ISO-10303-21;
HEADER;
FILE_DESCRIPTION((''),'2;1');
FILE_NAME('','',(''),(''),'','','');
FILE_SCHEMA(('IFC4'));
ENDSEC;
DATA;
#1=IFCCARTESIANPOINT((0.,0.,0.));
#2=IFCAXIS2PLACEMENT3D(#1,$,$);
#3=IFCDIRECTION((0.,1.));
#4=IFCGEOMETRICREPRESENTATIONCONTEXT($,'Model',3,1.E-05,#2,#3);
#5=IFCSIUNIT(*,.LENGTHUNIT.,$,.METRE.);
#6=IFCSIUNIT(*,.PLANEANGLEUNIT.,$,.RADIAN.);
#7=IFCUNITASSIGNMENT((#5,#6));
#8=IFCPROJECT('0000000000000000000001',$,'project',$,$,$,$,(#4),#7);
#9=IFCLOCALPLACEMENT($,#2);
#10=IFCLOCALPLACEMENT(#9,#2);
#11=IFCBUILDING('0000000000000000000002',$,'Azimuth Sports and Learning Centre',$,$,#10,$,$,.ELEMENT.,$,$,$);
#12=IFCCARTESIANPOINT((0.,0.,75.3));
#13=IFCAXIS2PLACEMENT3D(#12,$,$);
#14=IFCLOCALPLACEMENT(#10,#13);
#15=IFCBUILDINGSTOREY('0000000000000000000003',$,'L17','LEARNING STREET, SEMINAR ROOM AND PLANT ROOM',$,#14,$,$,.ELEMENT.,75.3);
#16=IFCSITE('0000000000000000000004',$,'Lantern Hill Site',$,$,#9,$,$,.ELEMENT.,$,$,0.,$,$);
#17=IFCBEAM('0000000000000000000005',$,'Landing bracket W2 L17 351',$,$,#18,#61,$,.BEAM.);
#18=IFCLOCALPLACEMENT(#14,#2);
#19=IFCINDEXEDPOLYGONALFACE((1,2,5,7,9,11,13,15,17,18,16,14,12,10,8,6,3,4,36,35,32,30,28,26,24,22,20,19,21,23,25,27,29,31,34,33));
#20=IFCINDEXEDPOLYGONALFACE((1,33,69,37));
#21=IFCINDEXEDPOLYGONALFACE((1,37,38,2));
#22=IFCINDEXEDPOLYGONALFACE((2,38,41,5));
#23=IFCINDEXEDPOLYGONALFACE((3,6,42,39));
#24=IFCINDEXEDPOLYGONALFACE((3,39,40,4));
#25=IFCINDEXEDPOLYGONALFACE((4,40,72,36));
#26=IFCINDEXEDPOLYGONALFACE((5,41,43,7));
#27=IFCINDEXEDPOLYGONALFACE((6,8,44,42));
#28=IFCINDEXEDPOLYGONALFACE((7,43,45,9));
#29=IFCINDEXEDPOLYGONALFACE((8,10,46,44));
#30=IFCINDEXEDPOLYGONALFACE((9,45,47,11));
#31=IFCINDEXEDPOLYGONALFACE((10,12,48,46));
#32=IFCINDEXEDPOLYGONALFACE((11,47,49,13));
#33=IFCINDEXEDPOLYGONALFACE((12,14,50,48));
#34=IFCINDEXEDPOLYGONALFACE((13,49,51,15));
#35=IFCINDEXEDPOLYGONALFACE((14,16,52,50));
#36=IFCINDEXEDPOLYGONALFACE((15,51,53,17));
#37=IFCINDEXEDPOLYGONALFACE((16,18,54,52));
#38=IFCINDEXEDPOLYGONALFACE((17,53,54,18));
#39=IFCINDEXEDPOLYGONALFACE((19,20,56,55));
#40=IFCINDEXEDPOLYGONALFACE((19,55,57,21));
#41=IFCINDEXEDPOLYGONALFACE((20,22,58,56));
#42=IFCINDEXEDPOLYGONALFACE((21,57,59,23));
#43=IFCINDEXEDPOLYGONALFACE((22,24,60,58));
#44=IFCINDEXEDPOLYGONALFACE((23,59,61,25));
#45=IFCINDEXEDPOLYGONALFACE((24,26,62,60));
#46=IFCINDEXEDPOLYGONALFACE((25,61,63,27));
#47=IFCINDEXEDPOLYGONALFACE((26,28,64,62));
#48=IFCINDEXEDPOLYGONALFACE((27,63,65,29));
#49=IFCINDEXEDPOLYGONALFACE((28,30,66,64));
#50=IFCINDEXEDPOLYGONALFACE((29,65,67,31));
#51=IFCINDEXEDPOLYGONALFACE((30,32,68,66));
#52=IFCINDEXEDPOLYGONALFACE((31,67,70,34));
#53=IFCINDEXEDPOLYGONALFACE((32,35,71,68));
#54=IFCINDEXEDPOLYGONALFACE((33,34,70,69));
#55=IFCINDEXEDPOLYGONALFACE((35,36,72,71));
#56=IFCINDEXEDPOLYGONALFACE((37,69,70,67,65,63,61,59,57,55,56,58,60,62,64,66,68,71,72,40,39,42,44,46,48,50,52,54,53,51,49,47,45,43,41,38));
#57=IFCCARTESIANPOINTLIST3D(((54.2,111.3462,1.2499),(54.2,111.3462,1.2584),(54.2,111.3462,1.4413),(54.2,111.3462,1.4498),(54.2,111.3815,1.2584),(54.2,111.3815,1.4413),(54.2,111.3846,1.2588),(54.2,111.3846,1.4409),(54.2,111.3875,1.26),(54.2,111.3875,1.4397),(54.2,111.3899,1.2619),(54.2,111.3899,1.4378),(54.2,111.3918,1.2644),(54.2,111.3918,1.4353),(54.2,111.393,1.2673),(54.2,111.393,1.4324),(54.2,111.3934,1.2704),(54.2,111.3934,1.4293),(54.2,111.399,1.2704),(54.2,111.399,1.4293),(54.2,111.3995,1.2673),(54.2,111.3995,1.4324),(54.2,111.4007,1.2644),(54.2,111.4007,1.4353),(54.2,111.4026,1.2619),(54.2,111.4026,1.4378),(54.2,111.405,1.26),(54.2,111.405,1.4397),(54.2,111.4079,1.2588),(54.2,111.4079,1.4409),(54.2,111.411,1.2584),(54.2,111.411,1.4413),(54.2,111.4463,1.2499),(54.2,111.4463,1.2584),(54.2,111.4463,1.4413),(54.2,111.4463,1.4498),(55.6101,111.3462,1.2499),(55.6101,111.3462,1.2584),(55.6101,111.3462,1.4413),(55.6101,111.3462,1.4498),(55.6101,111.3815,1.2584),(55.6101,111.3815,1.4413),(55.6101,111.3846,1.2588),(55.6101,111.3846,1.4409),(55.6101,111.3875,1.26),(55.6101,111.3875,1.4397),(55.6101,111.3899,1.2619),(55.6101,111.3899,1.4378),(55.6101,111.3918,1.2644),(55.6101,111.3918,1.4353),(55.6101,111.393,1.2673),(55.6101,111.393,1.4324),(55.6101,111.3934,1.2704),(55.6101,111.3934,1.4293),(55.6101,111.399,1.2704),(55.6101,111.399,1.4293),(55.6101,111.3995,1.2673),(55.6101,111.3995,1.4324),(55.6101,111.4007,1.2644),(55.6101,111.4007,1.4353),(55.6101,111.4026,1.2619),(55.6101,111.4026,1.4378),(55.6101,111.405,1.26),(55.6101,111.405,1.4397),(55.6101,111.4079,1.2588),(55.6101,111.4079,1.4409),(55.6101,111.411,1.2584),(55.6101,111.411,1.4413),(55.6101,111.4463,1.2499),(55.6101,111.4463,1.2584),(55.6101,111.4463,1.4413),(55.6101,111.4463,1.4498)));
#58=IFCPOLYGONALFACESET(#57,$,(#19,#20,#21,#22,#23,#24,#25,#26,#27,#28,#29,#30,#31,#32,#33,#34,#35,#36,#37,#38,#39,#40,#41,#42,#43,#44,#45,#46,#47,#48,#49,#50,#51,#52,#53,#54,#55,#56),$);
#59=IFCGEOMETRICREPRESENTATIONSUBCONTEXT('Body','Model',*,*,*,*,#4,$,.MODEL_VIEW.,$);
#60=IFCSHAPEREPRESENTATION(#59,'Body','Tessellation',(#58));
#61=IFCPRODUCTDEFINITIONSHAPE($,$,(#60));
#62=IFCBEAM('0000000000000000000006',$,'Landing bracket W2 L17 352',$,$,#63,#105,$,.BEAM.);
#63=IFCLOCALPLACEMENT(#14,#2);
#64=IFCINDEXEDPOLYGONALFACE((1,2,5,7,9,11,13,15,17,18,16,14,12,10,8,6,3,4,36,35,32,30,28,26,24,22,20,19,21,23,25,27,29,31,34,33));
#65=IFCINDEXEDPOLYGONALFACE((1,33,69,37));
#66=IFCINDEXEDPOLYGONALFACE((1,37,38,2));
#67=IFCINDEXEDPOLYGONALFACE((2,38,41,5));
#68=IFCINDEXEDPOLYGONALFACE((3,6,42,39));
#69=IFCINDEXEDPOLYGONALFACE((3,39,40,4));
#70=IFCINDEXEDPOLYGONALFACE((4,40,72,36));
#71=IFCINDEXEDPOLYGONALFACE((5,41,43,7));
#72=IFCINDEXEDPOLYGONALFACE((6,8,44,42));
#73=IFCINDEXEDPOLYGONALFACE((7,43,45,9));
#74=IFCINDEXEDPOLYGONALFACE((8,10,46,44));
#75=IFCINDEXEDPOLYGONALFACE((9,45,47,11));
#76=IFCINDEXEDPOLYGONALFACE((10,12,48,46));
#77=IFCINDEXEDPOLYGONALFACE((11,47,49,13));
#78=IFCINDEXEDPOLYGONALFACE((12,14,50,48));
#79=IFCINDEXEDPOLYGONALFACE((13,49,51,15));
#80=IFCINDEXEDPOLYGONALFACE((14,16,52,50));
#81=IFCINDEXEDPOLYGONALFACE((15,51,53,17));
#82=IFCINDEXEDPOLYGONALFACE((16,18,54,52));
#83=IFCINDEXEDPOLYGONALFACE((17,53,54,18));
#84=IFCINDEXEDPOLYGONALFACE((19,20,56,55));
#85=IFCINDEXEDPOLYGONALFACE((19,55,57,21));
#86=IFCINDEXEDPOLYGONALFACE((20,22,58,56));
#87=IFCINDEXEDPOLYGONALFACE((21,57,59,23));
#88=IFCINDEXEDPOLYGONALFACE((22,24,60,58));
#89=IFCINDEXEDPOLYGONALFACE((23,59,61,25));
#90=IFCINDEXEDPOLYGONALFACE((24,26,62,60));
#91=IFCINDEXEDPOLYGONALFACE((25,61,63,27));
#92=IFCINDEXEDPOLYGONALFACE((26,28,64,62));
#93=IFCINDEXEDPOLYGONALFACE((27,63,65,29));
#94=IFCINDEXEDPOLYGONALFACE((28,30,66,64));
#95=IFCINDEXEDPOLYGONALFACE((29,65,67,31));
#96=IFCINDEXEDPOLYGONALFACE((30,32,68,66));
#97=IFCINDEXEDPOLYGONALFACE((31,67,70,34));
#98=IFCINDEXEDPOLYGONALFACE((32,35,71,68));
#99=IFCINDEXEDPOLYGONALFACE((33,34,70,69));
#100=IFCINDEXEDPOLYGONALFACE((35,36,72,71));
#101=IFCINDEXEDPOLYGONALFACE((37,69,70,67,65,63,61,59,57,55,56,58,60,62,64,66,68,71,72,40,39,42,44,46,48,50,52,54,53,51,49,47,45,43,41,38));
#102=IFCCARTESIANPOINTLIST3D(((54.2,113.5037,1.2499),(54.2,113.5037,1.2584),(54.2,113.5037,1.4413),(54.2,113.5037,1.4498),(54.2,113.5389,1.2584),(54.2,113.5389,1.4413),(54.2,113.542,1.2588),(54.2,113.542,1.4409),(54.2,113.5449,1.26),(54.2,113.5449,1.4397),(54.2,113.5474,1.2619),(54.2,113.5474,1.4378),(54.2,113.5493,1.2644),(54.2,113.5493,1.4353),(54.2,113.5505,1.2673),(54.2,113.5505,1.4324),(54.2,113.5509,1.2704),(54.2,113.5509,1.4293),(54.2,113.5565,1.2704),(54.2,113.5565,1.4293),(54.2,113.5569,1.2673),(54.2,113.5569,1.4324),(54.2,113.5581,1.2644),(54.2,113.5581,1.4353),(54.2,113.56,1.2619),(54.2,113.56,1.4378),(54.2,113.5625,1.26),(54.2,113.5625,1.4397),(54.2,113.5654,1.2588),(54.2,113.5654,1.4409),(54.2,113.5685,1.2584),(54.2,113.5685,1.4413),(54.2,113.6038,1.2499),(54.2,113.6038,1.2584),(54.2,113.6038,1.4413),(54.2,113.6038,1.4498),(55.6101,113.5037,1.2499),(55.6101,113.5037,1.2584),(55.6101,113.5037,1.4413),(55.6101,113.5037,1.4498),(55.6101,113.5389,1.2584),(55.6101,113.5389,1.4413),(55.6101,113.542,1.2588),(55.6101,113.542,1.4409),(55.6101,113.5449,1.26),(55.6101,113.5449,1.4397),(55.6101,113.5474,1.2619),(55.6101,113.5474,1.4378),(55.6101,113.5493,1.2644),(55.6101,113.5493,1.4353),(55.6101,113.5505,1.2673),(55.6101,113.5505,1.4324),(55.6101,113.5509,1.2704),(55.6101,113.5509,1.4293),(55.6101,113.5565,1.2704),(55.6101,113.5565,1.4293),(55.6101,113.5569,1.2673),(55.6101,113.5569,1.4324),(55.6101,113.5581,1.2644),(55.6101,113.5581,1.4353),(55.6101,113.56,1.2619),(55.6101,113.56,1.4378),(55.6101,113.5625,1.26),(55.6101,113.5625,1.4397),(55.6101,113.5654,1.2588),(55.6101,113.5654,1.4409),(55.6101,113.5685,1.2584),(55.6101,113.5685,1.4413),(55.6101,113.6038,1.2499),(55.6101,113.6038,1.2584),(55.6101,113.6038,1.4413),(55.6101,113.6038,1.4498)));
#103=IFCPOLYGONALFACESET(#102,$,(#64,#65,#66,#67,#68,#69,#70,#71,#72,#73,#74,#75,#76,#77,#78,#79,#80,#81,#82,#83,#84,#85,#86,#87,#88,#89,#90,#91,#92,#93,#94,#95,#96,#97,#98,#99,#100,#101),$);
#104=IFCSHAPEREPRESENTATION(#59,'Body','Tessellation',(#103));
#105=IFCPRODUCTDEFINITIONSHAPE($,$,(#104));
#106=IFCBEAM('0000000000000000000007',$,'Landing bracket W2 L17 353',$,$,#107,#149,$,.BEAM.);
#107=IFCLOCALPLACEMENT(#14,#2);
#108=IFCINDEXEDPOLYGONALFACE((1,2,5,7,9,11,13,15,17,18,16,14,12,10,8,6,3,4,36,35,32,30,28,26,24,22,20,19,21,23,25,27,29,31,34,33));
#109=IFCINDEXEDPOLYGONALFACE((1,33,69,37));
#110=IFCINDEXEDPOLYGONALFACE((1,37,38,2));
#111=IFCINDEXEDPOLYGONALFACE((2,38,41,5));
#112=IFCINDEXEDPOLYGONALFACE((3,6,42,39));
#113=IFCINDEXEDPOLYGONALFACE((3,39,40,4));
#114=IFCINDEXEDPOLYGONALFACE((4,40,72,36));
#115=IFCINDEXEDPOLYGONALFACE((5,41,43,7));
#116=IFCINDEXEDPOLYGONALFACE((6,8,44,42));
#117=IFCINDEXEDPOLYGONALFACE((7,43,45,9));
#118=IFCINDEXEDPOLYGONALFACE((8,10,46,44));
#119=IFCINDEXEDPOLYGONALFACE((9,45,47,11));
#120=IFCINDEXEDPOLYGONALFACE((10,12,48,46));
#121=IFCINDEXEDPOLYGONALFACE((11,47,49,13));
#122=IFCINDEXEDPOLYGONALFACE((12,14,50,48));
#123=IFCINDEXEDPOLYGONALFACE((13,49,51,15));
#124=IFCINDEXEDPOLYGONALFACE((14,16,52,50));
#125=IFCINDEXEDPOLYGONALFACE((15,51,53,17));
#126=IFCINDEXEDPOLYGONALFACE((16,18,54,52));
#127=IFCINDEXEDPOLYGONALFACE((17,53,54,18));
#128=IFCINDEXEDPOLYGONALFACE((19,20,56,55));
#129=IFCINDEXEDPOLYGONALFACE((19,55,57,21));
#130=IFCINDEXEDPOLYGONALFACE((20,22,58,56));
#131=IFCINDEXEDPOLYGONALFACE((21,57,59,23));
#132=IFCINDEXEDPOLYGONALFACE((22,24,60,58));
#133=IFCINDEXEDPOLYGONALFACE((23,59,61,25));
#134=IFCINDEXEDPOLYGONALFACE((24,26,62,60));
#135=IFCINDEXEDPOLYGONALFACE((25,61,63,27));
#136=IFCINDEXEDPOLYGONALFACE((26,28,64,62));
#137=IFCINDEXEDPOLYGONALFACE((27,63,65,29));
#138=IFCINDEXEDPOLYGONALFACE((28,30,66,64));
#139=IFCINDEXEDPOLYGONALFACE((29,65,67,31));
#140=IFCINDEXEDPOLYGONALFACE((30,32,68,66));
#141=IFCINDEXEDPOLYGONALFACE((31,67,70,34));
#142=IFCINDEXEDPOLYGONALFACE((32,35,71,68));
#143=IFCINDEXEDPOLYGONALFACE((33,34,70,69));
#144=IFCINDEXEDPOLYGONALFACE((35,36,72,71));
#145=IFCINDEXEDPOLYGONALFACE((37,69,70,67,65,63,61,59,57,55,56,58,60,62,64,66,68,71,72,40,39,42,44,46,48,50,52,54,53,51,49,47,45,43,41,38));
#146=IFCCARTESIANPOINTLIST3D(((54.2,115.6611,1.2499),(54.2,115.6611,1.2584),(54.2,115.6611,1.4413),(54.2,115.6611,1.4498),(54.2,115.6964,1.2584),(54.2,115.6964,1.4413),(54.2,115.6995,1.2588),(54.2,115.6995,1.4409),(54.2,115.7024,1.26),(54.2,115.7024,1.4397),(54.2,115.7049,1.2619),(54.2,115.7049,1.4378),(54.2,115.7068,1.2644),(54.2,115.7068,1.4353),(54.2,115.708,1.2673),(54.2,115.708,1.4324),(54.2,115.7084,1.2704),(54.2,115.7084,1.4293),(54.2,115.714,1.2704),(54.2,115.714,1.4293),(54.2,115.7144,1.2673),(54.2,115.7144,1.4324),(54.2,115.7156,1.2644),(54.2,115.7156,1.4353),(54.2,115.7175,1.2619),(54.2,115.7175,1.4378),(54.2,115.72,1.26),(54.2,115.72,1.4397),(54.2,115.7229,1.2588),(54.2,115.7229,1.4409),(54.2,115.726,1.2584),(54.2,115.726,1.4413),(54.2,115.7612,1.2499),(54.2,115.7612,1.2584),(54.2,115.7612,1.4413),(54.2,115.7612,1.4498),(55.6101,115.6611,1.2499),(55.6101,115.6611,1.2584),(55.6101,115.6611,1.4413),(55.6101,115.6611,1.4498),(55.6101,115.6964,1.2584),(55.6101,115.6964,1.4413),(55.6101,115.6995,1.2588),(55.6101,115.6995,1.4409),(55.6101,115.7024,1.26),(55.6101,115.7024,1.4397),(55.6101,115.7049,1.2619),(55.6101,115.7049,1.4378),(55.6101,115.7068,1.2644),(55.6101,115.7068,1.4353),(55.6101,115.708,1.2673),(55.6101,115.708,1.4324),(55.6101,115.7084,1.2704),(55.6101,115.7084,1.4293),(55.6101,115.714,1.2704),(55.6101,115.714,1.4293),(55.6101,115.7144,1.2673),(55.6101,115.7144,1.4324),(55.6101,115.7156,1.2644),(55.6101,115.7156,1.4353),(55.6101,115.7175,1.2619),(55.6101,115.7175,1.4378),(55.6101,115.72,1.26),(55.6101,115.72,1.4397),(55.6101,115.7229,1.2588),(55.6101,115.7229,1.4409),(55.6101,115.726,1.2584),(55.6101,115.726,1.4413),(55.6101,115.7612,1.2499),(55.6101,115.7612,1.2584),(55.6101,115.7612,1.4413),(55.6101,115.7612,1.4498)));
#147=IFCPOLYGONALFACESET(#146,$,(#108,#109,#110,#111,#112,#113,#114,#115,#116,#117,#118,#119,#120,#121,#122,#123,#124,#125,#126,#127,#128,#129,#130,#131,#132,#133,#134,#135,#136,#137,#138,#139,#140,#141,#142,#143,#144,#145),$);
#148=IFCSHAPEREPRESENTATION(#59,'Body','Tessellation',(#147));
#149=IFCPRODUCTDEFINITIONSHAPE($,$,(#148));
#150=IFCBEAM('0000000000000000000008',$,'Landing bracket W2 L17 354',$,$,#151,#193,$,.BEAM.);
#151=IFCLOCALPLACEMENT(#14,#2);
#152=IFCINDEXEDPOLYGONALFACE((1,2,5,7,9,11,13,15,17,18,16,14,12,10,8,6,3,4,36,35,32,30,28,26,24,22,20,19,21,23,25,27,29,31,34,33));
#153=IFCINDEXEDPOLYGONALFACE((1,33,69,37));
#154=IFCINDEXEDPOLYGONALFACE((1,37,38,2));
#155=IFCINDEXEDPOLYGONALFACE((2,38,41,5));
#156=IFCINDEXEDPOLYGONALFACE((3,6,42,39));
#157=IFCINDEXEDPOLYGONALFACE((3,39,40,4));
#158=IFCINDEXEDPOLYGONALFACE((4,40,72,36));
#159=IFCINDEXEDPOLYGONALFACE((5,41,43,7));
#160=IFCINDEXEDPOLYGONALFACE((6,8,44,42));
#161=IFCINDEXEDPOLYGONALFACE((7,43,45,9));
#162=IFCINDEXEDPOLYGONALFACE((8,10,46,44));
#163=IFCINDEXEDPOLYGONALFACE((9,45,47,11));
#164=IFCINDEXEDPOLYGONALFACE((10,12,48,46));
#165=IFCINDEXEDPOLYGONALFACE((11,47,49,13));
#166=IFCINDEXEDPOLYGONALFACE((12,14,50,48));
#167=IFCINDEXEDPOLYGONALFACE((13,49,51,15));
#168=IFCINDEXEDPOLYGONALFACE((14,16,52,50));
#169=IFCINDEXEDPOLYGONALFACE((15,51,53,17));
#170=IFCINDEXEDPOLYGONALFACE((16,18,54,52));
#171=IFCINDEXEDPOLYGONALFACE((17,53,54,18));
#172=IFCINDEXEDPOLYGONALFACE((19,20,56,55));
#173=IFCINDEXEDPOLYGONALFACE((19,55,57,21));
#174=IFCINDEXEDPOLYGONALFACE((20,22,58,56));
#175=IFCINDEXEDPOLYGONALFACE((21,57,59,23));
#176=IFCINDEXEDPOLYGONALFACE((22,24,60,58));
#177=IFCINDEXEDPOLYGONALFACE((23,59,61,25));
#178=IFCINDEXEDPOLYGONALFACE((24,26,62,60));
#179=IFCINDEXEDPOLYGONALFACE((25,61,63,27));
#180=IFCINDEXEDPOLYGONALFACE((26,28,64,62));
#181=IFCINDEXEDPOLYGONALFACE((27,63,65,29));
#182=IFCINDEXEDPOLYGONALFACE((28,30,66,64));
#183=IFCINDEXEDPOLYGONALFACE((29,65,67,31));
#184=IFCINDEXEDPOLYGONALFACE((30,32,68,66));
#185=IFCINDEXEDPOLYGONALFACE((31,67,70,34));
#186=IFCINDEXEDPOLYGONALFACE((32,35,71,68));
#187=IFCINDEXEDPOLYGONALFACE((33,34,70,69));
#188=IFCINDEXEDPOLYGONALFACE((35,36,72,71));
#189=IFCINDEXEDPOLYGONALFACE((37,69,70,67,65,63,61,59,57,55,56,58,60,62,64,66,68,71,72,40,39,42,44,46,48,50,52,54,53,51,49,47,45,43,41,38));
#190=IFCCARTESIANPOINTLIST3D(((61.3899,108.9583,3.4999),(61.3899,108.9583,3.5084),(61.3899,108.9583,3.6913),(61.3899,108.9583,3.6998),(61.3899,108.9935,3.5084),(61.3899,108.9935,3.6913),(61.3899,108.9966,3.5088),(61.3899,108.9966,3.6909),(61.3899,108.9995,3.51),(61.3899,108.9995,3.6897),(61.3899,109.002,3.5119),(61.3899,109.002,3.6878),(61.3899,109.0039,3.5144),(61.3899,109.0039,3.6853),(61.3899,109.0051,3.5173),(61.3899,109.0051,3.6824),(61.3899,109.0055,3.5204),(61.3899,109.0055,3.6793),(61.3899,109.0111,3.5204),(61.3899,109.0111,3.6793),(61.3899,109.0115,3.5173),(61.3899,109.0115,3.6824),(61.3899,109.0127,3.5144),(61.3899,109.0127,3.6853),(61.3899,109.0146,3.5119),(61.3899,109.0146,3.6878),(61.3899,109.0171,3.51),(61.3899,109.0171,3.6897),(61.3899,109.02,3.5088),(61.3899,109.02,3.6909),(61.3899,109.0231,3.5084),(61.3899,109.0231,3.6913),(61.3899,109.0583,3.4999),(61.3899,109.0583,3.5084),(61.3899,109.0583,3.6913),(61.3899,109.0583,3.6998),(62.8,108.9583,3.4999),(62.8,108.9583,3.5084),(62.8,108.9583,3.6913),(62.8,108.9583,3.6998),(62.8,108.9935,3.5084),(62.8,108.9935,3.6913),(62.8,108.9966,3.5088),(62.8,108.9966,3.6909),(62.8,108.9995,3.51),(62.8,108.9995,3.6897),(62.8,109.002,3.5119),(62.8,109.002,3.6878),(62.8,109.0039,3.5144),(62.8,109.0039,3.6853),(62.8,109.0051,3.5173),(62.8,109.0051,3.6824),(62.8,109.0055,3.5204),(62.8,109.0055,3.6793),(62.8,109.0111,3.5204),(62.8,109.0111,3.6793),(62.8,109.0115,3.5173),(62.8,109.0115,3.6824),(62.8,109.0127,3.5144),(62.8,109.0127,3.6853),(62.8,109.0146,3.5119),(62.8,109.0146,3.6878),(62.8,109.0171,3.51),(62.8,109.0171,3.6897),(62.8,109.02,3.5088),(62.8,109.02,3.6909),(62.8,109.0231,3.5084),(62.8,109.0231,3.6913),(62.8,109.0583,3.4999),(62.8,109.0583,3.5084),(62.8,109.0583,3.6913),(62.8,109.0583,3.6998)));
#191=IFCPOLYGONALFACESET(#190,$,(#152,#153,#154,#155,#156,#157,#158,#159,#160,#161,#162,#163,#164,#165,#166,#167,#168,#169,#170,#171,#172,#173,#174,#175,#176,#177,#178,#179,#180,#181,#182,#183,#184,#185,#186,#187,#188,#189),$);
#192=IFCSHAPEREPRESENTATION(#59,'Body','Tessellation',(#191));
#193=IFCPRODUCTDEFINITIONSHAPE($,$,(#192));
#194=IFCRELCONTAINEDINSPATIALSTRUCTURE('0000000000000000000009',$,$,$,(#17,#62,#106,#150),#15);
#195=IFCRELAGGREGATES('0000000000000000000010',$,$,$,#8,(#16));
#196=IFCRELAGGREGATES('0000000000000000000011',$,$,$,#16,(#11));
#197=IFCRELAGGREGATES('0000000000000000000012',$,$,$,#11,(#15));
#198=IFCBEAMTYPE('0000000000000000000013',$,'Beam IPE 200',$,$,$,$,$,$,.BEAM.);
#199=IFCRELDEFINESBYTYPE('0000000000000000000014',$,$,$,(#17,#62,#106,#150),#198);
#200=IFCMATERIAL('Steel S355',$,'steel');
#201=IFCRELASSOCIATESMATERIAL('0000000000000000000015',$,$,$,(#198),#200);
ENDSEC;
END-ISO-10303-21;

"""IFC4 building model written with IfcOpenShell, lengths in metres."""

from ifc_helpers import new_model, si_unit, direction, frame, origin, origin_2d, place, context, subcontext, project, spatial, i_section, extrude, material, material_profile, profile_set, type_object, element, save


model = new_model("IFC4")

# Units and contexts
model_context = context("Model", 3, precision=1e-05, world=origin(), true_north=direction((0.0, 1.0)))
body_context = subcontext(model_context, "Body", "Model", "MODEL_VIEW")
ifc_project = project(units=[si_unit("LENGTHUNIT", "METRE"), si_unit("PLANEANGLEUNIT", "RADIAN")], contexts=[model_context])

# Site, building, storey
site_placement = place(None, origin())
site = spatial("IfcSite", under=ifc_project, at=site_placement, Name="Lantern Hill Site", CompositionType="ELEMENT", RefElevation=0.0)
building_placement = place(site_placement, origin())
building = spatial("IfcBuilding", under=site, at=building_placement, Name="Azimuth Sports and Learning Centre", CompositionType="ELEMENT")
storey_placement = place(building_placement, frame((0.0, 0.0, 75.3)))
storey = spatial("IfcBuildingStorey", under=building, at=storey_placement, Name="L17", Description="LEARNING STREET, SEMINAR ROOM AND PLANT ROOM", CompositionType="ELEMENT", Elevation=75.3)

# Beams
ifc_material_1 = material(Name="Steel S355", Category="steel")
ifc_material_profile = material_profile(ifc_material_1, i_section(OverallWidth=0.1001, OverallDepth=0.2, WebThickness=0.0056, FlangeThickness=0.0085, FilletRadius=0.012, at=origin_2d()), Name="IPE 200")
ifc_profile_set = profile_set([ifc_material_profile], Name="Steel S355")
beam_type = type_object("IfcBeamType", Name="Beam IPE 200", PredefinedType="BEAM", material=ifc_profile_set)
for number, where, z_axis, x_axis, name in (
    (1, (54.2, 111.3962, 1.3499), (1.0, 0.0, 0.0), (0.0, 1.0, 0.0), "Landing bracket W2 L17 351"),
    (2, (54.2, 113.5537, 1.3499), (1.0, 0.0, 0.0), (0.0, 1.0, 0.0), "Landing bracket W2 L17 352"),
    (3, (54.2, 115.7112, 1.3499), (1.0, 0.0, 0.0), (0.0, 1.0, 0.0), "Landing bracket W2 L17 353"),
    (4, (62.8, 109.0083, 3.5999), (-1.0, 0.0, 0.0), (0.0, -1.0, 0.0), "Landing bracket W2 L17 354"),
):
    element("IfcBeam", number, at=place(storey_placement, frame(where, z_axis=z_axis, x_axis=x_axis)), inside=storey, type_object=beam_type, Name=name, PredefinedType="BEAM", context=body_context, shape_type="SweptSolid", body=[
        extrude(i_section(OverallWidth=0.1001, OverallDepth=0.2, WebThickness=0.0056, FlangeThickness=0.0085, FilletRadius=0.012, at=origin_2d()), origin(), (0.0, 0.0, 1.0), 1.4102),
    ])

save(model, "model.ifc")
